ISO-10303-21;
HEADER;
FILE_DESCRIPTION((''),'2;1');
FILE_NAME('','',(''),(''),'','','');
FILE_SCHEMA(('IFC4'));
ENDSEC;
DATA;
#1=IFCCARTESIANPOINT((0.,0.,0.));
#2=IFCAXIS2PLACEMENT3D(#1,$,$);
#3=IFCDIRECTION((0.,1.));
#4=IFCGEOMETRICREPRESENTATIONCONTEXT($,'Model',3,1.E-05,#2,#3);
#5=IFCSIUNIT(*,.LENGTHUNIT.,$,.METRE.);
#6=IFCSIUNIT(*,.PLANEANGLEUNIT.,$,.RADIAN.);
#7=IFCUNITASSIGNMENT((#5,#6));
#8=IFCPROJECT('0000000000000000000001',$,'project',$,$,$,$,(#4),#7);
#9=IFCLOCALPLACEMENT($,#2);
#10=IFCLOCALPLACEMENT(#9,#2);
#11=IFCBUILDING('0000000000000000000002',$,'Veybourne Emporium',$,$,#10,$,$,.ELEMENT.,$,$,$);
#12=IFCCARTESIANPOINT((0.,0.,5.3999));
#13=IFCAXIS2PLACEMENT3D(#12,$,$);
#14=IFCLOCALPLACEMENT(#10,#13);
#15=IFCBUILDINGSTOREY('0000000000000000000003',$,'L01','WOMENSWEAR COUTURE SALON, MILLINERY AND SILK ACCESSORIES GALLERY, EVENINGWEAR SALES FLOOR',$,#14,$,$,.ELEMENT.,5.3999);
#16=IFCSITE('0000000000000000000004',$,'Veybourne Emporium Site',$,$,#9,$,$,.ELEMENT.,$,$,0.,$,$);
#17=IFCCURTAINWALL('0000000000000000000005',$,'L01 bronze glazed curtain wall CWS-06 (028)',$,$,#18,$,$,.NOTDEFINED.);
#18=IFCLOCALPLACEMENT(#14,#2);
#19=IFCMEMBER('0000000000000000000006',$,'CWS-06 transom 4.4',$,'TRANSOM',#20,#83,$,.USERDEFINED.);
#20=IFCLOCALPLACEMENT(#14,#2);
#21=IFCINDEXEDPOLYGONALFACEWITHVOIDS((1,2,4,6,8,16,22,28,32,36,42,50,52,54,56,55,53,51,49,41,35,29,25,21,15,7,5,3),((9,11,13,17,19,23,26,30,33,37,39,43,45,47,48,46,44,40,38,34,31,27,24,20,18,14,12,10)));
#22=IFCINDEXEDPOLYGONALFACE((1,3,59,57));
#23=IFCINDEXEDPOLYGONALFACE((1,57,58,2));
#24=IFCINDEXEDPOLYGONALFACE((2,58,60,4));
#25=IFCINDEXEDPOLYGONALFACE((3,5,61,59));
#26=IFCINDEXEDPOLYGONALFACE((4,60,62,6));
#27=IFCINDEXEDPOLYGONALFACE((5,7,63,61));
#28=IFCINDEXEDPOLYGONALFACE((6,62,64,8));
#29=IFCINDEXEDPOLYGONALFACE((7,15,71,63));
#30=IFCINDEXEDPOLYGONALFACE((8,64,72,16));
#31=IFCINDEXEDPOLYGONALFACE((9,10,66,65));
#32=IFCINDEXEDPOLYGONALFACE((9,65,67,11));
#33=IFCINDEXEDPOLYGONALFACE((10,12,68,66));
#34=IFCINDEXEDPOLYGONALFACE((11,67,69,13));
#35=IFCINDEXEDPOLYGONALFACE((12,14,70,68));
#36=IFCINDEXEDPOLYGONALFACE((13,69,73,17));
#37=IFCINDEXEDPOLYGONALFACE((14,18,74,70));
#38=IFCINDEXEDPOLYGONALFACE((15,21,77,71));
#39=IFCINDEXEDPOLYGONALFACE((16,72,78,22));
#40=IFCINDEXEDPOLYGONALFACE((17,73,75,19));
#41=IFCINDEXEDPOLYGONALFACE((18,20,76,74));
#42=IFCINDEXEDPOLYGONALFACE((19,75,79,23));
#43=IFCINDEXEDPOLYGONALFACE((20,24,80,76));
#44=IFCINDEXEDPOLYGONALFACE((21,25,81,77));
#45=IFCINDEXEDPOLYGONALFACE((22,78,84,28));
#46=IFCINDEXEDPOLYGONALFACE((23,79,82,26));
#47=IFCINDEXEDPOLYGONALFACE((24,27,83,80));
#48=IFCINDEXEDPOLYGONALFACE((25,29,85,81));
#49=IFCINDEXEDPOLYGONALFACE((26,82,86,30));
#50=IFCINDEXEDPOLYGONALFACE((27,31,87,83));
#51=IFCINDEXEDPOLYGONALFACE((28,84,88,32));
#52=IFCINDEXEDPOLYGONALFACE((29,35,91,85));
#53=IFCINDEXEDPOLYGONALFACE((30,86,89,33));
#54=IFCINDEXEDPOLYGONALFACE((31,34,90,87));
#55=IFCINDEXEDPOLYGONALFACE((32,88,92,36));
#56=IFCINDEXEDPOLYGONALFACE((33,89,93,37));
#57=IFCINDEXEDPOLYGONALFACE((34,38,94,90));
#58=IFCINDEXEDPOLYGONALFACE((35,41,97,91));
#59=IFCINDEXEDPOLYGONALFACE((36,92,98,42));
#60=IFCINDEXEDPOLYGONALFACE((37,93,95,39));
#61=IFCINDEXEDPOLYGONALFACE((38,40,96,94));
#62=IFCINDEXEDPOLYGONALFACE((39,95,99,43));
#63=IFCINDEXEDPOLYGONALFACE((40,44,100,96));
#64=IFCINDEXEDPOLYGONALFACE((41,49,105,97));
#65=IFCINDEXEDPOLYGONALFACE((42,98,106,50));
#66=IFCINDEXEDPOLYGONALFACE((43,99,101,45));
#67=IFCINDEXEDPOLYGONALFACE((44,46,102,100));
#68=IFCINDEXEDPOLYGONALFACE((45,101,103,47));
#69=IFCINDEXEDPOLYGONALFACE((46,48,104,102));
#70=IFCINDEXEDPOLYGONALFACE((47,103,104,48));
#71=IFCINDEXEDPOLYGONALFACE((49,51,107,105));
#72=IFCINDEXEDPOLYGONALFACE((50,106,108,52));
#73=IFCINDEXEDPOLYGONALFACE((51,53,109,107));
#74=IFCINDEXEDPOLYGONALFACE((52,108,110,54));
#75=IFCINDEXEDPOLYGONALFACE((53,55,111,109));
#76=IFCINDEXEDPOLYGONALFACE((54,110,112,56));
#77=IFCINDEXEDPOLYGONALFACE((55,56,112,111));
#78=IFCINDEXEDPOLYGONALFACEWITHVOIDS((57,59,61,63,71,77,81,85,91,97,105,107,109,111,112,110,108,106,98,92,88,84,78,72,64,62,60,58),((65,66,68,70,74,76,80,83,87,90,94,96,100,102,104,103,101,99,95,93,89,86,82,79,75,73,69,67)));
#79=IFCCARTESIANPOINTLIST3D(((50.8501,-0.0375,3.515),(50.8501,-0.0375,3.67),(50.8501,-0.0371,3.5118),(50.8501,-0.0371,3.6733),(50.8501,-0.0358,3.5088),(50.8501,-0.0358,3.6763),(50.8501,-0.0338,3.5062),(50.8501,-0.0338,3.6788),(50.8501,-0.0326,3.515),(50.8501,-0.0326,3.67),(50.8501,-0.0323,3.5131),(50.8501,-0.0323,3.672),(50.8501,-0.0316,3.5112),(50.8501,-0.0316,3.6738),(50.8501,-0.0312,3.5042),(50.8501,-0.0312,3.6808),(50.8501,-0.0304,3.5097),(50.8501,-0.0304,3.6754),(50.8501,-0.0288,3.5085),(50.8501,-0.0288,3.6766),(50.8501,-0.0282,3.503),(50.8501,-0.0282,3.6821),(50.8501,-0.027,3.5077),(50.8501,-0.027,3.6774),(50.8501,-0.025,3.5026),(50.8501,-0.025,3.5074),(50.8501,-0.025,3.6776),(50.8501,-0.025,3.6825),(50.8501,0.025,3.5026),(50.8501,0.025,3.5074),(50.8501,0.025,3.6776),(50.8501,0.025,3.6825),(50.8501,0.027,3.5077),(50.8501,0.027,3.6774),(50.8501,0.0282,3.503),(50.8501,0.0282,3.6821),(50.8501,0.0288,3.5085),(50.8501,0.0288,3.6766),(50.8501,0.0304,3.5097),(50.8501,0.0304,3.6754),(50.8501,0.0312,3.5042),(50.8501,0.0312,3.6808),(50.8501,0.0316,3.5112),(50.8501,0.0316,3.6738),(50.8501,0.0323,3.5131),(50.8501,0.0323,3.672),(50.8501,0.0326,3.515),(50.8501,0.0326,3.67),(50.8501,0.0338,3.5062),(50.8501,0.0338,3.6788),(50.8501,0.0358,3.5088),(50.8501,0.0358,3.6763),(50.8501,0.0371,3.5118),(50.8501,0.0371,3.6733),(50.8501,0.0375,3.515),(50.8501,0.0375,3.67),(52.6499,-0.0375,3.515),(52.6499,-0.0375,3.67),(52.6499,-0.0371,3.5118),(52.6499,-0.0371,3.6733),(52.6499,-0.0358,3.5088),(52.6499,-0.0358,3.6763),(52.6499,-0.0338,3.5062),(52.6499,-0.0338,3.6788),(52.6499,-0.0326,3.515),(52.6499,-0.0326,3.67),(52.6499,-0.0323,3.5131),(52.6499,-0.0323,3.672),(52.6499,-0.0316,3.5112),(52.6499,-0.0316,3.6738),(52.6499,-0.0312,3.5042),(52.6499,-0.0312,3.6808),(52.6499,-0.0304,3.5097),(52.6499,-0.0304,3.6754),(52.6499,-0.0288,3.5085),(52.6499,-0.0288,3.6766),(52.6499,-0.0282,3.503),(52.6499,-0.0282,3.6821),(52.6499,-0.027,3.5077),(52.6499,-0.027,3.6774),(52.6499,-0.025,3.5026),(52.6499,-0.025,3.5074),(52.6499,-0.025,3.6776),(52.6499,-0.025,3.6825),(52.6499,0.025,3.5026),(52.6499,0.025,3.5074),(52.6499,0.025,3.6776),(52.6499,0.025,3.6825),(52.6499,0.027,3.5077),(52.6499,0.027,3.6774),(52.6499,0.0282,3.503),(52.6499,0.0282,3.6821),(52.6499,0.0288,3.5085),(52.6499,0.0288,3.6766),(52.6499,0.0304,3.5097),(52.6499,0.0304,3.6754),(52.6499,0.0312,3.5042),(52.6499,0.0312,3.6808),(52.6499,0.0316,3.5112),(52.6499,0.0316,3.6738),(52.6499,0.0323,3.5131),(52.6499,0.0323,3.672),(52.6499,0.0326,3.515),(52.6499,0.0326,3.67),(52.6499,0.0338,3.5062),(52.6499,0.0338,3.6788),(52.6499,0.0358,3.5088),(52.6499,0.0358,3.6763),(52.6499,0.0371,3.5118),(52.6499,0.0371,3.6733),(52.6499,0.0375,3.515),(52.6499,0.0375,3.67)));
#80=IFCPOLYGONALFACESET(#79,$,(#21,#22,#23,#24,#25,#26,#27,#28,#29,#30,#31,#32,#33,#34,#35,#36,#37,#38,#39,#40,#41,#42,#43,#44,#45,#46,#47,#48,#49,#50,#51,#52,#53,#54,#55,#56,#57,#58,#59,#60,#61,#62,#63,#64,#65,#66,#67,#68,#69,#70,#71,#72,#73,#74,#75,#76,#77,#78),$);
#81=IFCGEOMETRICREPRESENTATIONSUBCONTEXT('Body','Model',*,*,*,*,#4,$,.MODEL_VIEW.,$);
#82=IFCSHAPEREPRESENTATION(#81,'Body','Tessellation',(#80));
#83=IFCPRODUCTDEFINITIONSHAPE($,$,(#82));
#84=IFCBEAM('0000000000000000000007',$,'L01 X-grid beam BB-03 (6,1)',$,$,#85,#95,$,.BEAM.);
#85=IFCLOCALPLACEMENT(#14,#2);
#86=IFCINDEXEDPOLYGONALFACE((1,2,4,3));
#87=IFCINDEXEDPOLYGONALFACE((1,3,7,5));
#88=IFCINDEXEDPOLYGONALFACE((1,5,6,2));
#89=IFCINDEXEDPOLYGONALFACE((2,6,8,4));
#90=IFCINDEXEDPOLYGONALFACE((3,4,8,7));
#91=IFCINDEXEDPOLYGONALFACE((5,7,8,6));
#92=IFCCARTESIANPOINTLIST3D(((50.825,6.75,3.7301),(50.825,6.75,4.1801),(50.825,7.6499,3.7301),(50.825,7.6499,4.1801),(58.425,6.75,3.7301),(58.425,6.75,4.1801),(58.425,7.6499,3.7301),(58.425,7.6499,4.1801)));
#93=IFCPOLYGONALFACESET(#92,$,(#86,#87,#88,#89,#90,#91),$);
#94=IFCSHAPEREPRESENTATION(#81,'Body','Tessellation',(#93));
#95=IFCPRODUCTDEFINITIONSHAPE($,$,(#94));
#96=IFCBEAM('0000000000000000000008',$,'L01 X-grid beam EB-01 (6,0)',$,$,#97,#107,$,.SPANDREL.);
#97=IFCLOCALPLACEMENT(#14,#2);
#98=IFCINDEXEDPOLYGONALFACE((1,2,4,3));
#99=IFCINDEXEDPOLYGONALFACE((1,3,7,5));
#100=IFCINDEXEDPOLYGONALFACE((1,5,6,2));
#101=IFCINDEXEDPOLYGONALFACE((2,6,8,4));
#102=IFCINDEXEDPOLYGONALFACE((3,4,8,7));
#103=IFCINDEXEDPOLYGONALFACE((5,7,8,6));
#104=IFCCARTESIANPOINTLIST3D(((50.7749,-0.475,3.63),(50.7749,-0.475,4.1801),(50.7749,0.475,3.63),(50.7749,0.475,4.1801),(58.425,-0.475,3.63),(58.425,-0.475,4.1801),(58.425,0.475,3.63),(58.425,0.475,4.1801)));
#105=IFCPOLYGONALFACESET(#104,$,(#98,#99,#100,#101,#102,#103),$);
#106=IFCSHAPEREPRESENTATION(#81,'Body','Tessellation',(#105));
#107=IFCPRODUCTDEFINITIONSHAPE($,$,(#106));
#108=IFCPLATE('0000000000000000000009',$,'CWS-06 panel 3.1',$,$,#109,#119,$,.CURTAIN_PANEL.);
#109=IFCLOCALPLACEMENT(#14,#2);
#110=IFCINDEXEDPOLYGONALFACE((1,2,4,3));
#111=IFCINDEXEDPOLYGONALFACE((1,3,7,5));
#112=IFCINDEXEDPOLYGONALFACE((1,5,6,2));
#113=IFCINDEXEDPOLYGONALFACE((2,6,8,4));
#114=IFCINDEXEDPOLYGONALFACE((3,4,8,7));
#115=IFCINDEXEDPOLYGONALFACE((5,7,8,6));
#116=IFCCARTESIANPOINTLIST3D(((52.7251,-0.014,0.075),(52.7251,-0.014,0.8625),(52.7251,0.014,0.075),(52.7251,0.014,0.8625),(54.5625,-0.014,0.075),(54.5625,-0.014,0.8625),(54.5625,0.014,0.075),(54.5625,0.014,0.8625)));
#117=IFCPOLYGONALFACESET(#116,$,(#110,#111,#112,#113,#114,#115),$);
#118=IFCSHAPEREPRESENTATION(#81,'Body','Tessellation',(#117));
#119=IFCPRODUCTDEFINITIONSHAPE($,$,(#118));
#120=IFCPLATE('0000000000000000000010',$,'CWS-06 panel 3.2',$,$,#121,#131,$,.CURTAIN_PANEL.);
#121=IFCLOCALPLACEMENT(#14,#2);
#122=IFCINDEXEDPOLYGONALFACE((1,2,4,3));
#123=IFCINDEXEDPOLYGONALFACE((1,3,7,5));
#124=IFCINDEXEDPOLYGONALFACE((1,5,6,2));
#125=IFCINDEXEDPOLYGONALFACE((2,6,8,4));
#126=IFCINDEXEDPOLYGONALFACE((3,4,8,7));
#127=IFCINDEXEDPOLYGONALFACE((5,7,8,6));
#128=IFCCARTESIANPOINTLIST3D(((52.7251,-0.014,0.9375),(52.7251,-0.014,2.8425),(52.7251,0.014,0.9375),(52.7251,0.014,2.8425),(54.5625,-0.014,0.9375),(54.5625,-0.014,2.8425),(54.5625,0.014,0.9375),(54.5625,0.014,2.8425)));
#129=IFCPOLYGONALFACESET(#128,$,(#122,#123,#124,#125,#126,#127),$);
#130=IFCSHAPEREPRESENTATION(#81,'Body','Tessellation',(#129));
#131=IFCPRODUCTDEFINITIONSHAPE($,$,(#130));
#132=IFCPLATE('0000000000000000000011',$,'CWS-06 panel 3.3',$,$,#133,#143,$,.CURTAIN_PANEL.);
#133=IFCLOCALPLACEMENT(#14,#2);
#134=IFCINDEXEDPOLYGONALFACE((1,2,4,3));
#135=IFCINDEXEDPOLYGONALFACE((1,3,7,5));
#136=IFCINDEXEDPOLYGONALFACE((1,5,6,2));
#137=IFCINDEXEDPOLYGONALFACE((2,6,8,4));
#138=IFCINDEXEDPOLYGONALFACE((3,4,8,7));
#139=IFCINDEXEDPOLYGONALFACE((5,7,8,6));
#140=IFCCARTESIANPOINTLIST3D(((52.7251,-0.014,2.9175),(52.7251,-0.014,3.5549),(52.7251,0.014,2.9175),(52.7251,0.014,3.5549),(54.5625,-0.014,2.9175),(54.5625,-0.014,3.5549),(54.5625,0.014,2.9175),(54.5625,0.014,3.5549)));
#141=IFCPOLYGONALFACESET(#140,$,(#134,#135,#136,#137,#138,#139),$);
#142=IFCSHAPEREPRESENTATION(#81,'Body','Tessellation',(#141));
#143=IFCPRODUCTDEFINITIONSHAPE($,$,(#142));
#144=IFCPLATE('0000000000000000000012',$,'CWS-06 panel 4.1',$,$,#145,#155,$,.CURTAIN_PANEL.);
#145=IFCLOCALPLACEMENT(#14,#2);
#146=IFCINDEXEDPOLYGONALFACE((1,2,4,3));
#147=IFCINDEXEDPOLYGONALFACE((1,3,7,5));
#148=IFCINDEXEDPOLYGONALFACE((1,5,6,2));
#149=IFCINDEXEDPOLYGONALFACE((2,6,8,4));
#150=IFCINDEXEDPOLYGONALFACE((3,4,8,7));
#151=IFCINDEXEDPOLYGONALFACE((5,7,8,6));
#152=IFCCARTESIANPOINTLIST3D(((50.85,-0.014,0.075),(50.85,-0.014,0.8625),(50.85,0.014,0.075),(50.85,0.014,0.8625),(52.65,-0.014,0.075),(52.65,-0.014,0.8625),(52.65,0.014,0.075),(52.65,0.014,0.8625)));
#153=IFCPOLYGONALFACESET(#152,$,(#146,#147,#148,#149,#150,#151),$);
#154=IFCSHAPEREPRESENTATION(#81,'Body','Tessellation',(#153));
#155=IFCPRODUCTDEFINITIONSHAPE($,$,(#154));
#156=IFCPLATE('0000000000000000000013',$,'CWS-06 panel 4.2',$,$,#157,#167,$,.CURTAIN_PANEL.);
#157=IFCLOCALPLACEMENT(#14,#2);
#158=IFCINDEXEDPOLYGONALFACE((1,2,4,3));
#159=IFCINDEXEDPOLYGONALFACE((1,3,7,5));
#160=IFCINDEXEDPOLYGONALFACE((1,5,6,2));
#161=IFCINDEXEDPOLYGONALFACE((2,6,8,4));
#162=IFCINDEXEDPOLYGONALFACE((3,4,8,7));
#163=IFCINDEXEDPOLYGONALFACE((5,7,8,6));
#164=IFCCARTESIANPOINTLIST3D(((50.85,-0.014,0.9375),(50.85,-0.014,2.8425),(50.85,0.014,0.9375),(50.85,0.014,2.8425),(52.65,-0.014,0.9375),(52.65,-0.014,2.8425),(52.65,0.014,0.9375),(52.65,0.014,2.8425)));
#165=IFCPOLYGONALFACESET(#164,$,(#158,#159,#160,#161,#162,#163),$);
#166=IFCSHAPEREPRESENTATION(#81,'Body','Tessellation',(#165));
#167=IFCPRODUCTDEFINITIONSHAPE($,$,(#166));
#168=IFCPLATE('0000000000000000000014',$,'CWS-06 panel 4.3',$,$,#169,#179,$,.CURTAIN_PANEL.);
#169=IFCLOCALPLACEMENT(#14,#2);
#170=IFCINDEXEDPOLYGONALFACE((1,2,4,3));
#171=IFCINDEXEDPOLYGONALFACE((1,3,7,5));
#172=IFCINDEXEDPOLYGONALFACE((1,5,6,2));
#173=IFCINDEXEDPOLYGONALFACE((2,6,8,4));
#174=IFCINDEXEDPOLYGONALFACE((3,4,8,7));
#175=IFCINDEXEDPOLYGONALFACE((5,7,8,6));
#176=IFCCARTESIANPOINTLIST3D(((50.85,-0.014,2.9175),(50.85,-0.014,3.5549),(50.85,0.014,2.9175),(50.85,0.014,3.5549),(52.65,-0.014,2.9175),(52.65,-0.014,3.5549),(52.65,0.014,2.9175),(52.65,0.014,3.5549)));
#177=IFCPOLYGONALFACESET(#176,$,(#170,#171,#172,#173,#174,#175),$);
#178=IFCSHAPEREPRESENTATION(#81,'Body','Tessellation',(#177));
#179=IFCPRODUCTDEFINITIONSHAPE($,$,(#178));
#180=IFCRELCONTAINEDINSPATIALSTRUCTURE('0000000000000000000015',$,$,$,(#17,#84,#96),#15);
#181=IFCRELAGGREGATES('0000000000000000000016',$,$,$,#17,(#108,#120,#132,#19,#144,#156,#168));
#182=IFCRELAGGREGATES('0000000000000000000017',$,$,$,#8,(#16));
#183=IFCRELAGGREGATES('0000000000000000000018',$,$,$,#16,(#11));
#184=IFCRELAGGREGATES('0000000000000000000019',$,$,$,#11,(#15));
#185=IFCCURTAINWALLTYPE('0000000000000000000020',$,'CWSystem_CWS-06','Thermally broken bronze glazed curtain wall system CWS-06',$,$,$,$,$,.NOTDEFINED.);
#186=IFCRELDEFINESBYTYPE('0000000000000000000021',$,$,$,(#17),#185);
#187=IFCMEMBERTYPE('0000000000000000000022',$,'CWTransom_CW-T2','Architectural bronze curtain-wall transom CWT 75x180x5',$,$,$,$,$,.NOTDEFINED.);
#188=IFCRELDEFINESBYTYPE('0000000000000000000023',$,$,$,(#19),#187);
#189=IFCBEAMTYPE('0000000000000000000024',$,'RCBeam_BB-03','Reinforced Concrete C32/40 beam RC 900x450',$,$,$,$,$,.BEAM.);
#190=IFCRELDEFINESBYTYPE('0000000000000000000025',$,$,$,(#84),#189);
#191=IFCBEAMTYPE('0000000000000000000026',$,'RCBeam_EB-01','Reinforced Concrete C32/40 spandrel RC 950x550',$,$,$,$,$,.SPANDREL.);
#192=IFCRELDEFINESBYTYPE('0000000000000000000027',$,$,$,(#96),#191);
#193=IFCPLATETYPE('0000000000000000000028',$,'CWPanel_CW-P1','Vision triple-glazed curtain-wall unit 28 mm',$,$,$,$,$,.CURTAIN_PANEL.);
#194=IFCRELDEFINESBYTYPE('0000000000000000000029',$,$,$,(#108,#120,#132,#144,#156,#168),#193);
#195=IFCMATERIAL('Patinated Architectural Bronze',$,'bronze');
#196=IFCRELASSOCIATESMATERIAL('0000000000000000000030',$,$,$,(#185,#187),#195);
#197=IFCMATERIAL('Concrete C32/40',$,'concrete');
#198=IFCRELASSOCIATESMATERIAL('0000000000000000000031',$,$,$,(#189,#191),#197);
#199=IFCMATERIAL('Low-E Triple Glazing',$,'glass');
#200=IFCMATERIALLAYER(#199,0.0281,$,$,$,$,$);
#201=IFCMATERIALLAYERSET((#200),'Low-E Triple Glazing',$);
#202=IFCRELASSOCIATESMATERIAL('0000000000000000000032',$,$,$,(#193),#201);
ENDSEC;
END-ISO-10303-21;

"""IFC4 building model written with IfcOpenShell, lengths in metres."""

from ifc_helpers import new_model, si_unit, direction, frame, origin, origin_2d, place, context, subcontext, project, spatial, rectangle, hollow_rectangle, extrude, material, layer, layer_set, material_profile, profile_set, type_object, element, aggregate, save


model = new_model("IFC4")

# Units and contexts
model_context = context("Model", 3, precision=1e-05, world=origin(), true_north=direction((0.0, 1.0)))
body_context = subcontext(model_context, "Body", "Model", "MODEL_VIEW")
ifc_project = project(units=[si_unit("LENGTHUNIT", "METRE"), si_unit("PLANEANGLEUNIT", "RADIAN")], contexts=[model_context])

# Site, building, storey
site_placement = place(None, origin())
site = spatial("IfcSite", under=ifc_project, at=site_placement, Name="Veybourne Emporium Site", CompositionType="ELEMENT", RefElevation=0.0)
building_placement = place(site_placement, origin())
building = spatial("IfcBuilding", under=site, at=building_placement, Name="Veybourne Emporium", CompositionType="ELEMENT")
storey_placement = place(building_placement, frame((0.0, 0.0, 5.3999)))
storey = spatial("IfcBuildingStorey", under=building, at=storey_placement, Name="L01", Description="WOMENSWEAR COUTURE SALON, MILLINERY AND SILK ACCESSORIES GALLERY, EVENINGWEAR SALES FLOOR", CompositionType="ELEMENT", Elevation=5.3999)

# Curtain wall, member
ifc_material_1 = material(Name="Patinated Architectural Bronze", Category="bronze")
curtain_wall_type = type_object("IfcCurtainWallType", Name="CWSystem_CWS-06", Description="Thermally broken bronze glazed curtain wall system CWS-06", PredefinedType="NOTDEFINED", material=ifc_material_1)
curtain_wall_placement = place(storey_placement, origin())
curtain_wall = element("IfcCurtainWall", 1, at=curtain_wall_placement, inside=storey, type_object=curtain_wall_type, Name="L01 bronze glazed curtain wall CWS-06 (028)", PredefinedType="NOTDEFINED")
ifc_material_profile_1 = material_profile(ifc_material_1, hollow_rectangle(XDim=0.075, YDim=0.1799, WallThickness=0.0049, InnerFilletRadius=0.0076, OuterFilletRadius=0.0125, at=origin_2d()), Name="CWT 75x180x5")
ifc_profile_set_1 = profile_set([ifc_material_profile_1], Name="Patinated Architectural Bronze")
member_type_1 = type_object("IfcMemberType", Name="CWTransom_CW-T2", Description="Architectural bronze curtain-wall transom CWT 75x180x5", PredefinedType="NOTDEFINED", material=ifc_profile_set_1)
member_1_placement = place(storey_placement, frame((52.6499, 0.0, 3.5925), z_axis=(-1.0, 0.0, 0.0), x_axis=(0.0, -1.0, 0.0)))
member_1 = element("IfcMember", 2, at=member_1_placement, type_object=member_type_1, Name="CWS-06 transom 4.4", ObjectType="TRANSOM", PredefinedType="USERDEFINED", context=body_context, shape_type="SweptSolid", body=[
    extrude(hollow_rectangle(XDim=0.075, YDim=0.1799, WallThickness=0.0049, InnerFilletRadius=0.0076, OuterFilletRadius=0.0125, at=origin_2d()), origin(), (0.0, 0.0, 1.0), 1.7998),
])

# Beams
ifc_material_2 = material(Name="Concrete C32/40", Category="concrete")
ifc_material_profile_2 = material_profile(ifc_material_2, rectangle(XDim=0.8999, YDim=0.45, at=origin_2d()), Name="RC 900x450")
ifc_profile_set_2 = profile_set([ifc_material_profile_2], Name="Concrete C32/40")
beam_type_1 = type_object("IfcBeamType", Name="RCBeam_BB-03", Description="Reinforced Concrete C32/40 beam RC 900x450", PredefinedType="BEAM", material=ifc_profile_set_2)
beam_1_placement = place(storey_placement, frame((50.825, 7.2, 3.9551), z_axis=(1.0, 0.0, 0.0), x_axis=(0.0, 1.0, 0.0)))
element("IfcBeam", 3, at=beam_1_placement, inside=storey, type_object=beam_type_1, Name="L01 X-grid beam BB-03 (6,1)", PredefinedType="BEAM", context=body_context, shape_type="SweptSolid", body=[
    extrude(rectangle(XDim=0.8999, YDim=0.45, at=origin_2d()), origin(), (0.0, 0.0, 1.0), 7.6001),
])
ifc_material_profile_3 = material_profile(ifc_material_2, rectangle(XDim=0.95, YDim=0.55, at=origin_2d()), Name="RC 950x550")
ifc_profile_set_3 = profile_set([ifc_material_profile_3], Name="Concrete C32/40")
beam_type_2 = type_object("IfcBeamType", Name="RCBeam_EB-01", Description="Reinforced Concrete C32/40 spandrel RC 950x550", PredefinedType="SPANDREL", material=ifc_profile_set_3)
beam_2_placement = place(storey_placement, frame((50.7749, 0.0, 3.905), z_axis=(1.0, 0.0, 0.0), x_axis=(0.0, 1.0, 0.0)))
element("IfcBeam", 4, at=beam_2_placement, inside=storey, type_object=beam_type_2, Name="L01 X-grid beam EB-01 (6,0)", PredefinedType="SPANDREL", context=body_context, shape_type="SweptSolid", body=[
    extrude(rectangle(XDim=0.95, YDim=0.55, at=origin_2d()), origin(), (0.0, 0.0, 1.0), 7.6501),
])

# Plates
ifc_material_3 = material(Name="Low-E Triple Glazing", Category="glass")
ifc_layer = layer(ifc_material_3, 0.0281)
ifc_layer_set = layer_set([ifc_layer], Name="Low-E Triple Glazing")
plate_type = type_object("IfcPlateType", Name="CWPanel_CW-P1", Description="Vision triple-glazed curtain-wall unit 28 mm", PredefinedType="CURTAIN_PANEL", material=ifc_layer_set)
plate_1_placement = place(storey_placement, frame((53.6438, 0.0, 0.075), z_axis=(0.0, 0.0, 1.0), x_axis=(-1.0, 0.0, 0.0)))
plate_1 = element("IfcPlate", 5, at=plate_1_placement, type_object=plate_type, Name="CWS-06 panel 3.1", PredefinedType="CURTAIN_PANEL", context=body_context, shape_type="SweptSolid", body=[
    extrude(rectangle(XDim=1.8374, YDim=0.0281, at=origin_2d()), origin(), (0.0, 0.0, 1.0), 0.7876),
])
plate_2_placement = place(storey_placement, frame((53.6438, 0.0, 0.9375), z_axis=(0.0, 0.0, 1.0), x_axis=(-1.0, 0.0, 0.0)))
plate_2 = element("IfcPlate", 6, at=plate_2_placement, type_object=plate_type, Name="CWS-06 panel 3.2", PredefinedType="CURTAIN_PANEL", context=body_context, shape_type="SweptSolid", body=[
    extrude(rectangle(XDim=1.8374, YDim=0.0281, at=origin_2d()), origin(), (0.0, 0.0, 1.0), 1.905),
])
plate_3_placement = place(storey_placement, frame((53.6438, 0.0, 2.9175), z_axis=(0.0, 0.0, 1.0), x_axis=(-1.0, 0.0, 0.0)))
plate_3 = element("IfcPlate", 7, at=plate_3_placement, type_object=plate_type, Name="CWS-06 panel 3.3", PredefinedType="CURTAIN_PANEL", context=body_context, shape_type="SweptSolid", body=[
    extrude(rectangle(XDim=1.8374, YDim=0.0281, at=origin_2d()), origin(), (0.0, 0.0, 1.0), 0.6375),
])
plate_4_placement = place(storey_placement, frame((51.75, 0.0, 0.075), z_axis=(0.0, 0.0, 1.0), x_axis=(-1.0, 0.0, 0.0)))
plate_4 = element("IfcPlate", 8, at=plate_4_placement, type_object=plate_type, Name="CWS-06 panel 4.1", PredefinedType="CURTAIN_PANEL", context=body_context, shape_type="SweptSolid", body=[
    extrude(rectangle(XDim=1.8, YDim=0.0281, at=origin_2d()), origin(), (0.0, 0.0, 1.0), 0.7876),
])
plate_5_placement = place(storey_placement, frame((51.75, 0.0, 0.9375), z_axis=(0.0, 0.0, 1.0), x_axis=(-1.0, 0.0, 0.0)))
plate_5 = element("IfcPlate", 9, at=plate_5_placement, type_object=plate_type, Name="CWS-06 panel 4.2", PredefinedType="CURTAIN_PANEL", context=body_context, shape_type="SweptSolid", body=[
    extrude(rectangle(XDim=1.8, YDim=0.0281, at=origin_2d()), origin(), (0.0, 0.0, 1.0), 1.905),
])
plate_6_placement = place(storey_placement, frame((51.75, 0.0, 2.9175), z_axis=(0.0, 0.0, 1.0), x_axis=(-1.0, 0.0, 0.0)))
plate_6 = element("IfcPlate", 10, at=plate_6_placement, type_object=plate_type, Name="CWS-06 panel 4.3", PredefinedType="CURTAIN_PANEL", context=body_context, shape_type="SweptSolid", body=[
    extrude(rectangle(XDim=1.8, YDim=0.0281, at=origin_2d()), origin(), (0.0, 0.0, 1.0), 0.6375),
])
aggregate(curtain_wall, [plate_1, plate_2, plate_3, member_1, plate_4, plate_5, plate_6])

save(model, "model.ifc")
